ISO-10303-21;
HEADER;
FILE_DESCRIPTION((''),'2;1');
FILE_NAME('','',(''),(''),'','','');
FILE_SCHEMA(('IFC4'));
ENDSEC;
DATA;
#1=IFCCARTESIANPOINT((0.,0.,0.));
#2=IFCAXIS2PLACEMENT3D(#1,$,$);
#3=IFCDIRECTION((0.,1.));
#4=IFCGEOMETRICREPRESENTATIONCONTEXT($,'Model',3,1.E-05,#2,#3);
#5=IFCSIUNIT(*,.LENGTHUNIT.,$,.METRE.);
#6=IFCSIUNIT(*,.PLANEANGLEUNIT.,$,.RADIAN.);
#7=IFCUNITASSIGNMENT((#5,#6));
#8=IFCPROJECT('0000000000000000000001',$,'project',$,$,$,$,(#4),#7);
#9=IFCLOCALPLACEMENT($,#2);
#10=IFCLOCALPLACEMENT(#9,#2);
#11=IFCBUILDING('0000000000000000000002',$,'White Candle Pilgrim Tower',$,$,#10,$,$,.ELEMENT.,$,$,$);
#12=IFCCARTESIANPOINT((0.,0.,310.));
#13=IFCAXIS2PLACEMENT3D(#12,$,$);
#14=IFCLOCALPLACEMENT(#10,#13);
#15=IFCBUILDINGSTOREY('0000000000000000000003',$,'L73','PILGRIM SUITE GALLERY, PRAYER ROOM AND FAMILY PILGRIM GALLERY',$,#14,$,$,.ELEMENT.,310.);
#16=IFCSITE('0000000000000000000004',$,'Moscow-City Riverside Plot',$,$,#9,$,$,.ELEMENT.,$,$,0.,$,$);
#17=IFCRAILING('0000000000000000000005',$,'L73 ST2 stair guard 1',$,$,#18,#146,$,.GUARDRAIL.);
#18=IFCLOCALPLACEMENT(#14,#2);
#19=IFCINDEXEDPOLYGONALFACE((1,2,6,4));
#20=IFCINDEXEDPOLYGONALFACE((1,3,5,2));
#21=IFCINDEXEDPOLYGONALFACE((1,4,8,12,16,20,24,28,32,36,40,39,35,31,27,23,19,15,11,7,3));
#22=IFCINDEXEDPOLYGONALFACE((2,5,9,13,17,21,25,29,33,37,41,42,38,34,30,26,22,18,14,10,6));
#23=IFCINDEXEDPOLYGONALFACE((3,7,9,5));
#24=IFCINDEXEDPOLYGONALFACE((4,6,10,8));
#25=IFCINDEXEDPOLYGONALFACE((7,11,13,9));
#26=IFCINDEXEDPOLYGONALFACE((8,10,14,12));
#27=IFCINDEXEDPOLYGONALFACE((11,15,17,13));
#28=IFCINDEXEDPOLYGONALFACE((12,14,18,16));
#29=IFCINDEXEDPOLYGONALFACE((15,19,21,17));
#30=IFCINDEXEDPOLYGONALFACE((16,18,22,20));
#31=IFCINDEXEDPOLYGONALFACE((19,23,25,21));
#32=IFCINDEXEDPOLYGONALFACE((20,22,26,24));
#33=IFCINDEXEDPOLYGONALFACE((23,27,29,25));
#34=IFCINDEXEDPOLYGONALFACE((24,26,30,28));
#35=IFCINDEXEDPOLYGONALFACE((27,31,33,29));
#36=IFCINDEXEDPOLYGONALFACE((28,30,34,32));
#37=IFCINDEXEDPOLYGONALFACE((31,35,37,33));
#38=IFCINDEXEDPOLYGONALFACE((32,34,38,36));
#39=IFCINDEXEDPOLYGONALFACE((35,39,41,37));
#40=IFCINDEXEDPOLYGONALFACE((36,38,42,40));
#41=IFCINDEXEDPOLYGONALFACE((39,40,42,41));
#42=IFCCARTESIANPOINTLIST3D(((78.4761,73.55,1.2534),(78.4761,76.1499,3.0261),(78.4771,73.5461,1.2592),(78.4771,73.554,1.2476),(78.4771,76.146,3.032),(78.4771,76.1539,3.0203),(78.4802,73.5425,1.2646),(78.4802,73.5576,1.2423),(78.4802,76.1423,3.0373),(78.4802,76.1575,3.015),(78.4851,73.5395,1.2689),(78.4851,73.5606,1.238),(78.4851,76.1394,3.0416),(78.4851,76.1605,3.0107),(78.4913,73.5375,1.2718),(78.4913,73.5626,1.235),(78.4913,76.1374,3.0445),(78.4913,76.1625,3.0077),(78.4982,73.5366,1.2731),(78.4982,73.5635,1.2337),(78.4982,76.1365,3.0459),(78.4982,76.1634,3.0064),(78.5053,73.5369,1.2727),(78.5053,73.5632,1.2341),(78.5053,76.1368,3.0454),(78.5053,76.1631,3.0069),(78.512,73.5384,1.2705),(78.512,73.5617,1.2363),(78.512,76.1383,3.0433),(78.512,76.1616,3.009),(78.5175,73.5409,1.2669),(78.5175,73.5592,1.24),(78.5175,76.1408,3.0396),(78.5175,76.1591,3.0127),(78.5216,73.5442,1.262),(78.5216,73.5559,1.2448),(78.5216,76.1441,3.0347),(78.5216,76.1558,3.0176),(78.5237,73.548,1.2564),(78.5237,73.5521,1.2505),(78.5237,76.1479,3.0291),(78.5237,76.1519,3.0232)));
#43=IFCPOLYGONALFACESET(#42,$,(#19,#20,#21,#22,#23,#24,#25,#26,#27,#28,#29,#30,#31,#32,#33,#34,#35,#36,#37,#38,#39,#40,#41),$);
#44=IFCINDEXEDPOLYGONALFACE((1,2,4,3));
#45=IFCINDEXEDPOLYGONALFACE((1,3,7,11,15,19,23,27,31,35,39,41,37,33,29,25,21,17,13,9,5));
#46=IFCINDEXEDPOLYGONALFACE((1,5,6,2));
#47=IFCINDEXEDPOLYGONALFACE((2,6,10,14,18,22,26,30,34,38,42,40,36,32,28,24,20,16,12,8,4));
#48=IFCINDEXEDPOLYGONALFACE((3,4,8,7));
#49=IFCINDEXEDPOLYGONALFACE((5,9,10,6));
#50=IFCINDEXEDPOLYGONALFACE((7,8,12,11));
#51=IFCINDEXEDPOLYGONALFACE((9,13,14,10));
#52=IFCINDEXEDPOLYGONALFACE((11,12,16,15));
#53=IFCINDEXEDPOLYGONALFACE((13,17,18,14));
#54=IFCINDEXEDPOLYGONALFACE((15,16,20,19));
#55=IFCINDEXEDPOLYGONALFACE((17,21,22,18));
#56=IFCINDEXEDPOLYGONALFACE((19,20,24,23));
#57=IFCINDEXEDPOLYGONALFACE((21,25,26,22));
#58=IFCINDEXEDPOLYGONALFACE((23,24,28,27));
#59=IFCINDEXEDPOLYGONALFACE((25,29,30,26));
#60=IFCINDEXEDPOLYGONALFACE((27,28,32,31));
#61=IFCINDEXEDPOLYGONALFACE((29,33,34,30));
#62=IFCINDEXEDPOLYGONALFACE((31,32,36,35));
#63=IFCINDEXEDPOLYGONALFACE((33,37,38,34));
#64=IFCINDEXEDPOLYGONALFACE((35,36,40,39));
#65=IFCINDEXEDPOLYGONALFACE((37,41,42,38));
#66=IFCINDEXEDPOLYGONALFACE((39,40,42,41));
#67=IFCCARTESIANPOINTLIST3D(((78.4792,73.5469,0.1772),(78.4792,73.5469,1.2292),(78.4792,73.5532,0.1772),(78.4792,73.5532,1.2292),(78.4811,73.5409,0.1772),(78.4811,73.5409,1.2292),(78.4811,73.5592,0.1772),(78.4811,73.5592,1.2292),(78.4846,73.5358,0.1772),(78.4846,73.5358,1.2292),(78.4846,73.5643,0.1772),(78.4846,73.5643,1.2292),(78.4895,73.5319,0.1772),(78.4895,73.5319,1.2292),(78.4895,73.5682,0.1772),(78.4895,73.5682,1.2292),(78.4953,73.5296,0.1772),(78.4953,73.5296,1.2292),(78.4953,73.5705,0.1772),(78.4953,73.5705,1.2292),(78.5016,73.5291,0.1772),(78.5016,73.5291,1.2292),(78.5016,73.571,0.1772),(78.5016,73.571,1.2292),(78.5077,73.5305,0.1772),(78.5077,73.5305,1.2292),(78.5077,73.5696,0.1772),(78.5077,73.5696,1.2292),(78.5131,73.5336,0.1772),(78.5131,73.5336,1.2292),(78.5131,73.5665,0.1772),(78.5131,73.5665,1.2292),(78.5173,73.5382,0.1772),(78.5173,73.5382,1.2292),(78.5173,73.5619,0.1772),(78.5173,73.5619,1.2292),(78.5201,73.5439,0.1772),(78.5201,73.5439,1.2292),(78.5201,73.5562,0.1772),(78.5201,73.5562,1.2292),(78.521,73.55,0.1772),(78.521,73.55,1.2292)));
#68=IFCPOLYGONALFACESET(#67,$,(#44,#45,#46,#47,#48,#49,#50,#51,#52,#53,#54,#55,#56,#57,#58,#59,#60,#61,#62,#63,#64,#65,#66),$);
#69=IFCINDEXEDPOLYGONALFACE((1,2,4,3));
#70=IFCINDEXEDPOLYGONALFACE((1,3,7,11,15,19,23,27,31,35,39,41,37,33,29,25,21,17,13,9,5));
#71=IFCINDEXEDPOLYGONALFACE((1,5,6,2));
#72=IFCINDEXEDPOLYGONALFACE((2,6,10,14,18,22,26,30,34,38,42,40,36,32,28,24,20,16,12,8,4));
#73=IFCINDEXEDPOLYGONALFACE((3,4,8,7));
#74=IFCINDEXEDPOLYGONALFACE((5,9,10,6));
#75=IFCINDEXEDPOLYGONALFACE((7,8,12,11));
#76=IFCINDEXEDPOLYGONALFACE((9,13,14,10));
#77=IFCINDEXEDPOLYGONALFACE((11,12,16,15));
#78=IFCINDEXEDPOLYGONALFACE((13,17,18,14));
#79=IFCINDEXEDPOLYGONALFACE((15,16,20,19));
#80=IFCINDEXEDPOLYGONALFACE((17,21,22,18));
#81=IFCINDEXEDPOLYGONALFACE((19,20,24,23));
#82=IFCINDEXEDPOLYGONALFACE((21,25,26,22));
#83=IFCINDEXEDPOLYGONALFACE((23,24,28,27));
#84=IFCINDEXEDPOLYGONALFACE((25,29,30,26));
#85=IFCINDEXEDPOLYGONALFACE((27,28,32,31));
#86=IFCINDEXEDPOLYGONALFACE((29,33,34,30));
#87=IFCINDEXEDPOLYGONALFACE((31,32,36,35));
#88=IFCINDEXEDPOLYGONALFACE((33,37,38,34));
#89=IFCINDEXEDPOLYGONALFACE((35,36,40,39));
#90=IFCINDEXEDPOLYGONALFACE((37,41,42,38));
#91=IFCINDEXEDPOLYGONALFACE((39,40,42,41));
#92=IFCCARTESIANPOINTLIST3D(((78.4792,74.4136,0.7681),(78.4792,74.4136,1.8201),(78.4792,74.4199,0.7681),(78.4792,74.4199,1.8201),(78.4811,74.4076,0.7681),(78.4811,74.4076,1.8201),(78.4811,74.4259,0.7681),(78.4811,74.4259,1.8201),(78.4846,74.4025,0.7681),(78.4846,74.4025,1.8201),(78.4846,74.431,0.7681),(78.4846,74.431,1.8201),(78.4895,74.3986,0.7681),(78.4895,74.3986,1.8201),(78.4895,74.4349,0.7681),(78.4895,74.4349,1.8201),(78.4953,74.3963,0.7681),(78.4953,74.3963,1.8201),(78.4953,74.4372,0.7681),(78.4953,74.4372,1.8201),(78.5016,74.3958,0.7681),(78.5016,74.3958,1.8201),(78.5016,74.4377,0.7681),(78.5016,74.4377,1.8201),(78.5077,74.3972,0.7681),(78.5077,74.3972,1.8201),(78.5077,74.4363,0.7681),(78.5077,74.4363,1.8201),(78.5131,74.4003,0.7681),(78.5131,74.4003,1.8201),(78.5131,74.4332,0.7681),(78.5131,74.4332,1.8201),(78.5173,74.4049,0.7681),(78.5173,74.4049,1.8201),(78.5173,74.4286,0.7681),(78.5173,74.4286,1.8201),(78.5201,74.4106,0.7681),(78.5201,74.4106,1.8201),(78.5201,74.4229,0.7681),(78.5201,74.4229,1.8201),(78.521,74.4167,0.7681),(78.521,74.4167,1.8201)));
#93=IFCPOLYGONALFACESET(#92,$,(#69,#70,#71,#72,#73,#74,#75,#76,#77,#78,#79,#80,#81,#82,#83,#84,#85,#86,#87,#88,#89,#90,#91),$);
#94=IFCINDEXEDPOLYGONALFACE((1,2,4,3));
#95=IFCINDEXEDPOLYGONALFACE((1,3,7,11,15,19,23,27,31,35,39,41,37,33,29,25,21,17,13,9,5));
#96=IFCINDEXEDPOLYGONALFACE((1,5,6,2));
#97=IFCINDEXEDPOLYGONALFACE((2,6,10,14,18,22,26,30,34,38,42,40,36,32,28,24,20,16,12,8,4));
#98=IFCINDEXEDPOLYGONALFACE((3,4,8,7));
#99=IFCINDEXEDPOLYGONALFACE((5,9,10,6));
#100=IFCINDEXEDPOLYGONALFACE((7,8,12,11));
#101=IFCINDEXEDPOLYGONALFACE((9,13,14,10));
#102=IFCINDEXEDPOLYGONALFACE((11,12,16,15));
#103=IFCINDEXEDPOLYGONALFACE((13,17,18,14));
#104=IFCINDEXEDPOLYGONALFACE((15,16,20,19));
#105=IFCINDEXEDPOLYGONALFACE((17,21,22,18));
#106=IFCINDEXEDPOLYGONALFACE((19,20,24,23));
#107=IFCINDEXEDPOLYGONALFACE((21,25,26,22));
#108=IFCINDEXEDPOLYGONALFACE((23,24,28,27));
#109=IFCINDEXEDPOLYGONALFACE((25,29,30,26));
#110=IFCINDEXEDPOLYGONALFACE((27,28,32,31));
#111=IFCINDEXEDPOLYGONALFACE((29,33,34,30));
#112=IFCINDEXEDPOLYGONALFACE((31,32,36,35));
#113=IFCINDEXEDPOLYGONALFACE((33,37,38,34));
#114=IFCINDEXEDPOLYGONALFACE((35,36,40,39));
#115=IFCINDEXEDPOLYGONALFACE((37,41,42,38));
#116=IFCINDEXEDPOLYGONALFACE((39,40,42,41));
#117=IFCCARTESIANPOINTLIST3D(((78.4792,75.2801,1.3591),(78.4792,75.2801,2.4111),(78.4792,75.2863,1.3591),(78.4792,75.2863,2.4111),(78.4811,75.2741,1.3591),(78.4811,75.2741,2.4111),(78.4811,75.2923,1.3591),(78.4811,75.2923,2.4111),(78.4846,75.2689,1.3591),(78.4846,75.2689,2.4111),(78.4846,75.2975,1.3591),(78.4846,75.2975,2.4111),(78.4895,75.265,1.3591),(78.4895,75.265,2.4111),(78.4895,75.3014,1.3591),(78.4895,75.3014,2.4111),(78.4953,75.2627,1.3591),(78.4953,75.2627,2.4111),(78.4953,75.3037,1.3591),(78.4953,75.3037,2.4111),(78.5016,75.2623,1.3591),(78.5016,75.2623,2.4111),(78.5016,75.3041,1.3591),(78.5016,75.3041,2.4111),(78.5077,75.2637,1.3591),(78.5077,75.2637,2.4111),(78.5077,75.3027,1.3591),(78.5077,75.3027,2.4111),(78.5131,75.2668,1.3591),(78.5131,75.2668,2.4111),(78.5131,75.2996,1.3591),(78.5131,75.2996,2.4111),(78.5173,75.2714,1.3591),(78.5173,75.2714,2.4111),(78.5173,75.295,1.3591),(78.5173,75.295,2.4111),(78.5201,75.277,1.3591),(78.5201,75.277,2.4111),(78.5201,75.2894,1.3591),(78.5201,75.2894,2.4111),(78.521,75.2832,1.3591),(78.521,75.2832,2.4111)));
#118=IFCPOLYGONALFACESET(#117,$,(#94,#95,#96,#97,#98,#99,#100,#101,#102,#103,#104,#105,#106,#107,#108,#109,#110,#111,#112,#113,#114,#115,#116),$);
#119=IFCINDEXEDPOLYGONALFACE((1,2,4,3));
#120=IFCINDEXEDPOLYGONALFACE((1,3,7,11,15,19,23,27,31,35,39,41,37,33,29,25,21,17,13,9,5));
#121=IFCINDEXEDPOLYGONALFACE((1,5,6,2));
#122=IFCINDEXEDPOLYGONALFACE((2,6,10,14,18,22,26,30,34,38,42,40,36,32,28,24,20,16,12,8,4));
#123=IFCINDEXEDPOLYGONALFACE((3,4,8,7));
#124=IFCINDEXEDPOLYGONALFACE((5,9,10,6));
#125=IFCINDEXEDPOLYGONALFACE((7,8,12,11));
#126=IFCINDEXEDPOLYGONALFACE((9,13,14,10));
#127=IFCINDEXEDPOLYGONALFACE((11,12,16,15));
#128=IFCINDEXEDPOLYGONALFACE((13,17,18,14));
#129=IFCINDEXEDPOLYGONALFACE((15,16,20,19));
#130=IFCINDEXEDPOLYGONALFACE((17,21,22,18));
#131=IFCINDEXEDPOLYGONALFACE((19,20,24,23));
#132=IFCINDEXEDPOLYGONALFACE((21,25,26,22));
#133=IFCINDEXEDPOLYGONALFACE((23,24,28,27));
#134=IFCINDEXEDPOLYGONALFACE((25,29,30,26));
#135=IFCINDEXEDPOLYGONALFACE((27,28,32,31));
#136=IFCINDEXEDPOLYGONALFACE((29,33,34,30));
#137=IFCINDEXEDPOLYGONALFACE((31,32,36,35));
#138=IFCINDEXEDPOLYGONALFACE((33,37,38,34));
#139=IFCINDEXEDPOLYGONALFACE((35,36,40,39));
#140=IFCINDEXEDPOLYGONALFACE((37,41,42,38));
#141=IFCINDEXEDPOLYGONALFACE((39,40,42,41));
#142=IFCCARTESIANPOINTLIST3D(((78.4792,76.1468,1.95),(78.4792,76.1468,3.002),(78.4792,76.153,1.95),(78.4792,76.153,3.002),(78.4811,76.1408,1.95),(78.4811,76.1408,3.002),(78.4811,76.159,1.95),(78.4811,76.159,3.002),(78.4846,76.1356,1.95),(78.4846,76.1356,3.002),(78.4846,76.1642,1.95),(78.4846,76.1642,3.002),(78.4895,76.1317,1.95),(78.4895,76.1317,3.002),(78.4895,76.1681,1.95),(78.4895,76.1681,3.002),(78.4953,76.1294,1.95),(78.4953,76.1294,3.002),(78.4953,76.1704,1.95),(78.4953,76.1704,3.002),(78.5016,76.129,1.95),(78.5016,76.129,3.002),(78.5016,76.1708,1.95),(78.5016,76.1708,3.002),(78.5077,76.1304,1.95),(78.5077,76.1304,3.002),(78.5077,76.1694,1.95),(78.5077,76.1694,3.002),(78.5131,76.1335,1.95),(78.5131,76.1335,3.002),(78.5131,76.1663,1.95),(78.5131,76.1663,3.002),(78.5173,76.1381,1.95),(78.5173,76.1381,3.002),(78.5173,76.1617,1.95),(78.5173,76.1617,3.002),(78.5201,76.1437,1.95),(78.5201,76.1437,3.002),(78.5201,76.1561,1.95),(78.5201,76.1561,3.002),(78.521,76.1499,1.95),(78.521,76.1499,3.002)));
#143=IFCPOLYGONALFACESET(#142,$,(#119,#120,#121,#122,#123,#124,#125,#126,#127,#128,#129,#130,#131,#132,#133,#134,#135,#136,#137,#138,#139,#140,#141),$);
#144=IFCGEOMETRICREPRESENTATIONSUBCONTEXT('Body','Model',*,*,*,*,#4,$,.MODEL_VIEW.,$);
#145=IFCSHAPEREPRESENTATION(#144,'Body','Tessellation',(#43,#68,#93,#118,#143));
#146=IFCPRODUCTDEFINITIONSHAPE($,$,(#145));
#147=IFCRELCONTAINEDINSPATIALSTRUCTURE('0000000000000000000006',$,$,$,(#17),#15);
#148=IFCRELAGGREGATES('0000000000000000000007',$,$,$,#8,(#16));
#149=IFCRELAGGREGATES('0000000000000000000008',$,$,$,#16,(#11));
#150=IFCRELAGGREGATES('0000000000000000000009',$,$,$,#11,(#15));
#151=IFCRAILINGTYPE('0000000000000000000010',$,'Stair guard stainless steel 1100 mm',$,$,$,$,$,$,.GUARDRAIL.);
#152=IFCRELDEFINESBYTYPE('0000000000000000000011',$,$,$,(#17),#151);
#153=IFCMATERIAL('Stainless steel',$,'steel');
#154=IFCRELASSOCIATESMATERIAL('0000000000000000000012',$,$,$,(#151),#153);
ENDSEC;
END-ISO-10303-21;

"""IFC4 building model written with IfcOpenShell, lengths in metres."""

from ifc_helpers import new_model, si_unit, direction, frame, origin, origin_2d, place, context, subcontext, project, spatial, circle, extrude, material, type_object, element, save


model = new_model("IFC4")

# Units and contexts
model_context = context("Model", 3, precision=1e-05, world=origin(), true_north=direction((0.0, 1.0)))
body_context = subcontext(model_context, "Body", "Model", "MODEL_VIEW")
ifc_project = project(units=[si_unit("LENGTHUNIT", "METRE"), si_unit("PLANEANGLEUNIT", "RADIAN")], contexts=[model_context])

# Site, building, storey
site_placement = place(None, origin())
site = spatial("IfcSite", under=ifc_project, at=site_placement, Name="Moscow-City Riverside Plot", CompositionType="ELEMENT", RefElevation=0.0)
building_placement = place(site_placement, origin())
building = spatial("IfcBuilding", under=site, at=building_placement, Name="White Candle Pilgrim Tower", CompositionType="ELEMENT")
storey_placement = place(building_placement, frame((0.0, 0.0, 310.0)))
storey = spatial("IfcBuildingStorey", under=building, at=storey_placement, Name="L73", Description="PILGRIM SUITE GALLERY, PRAYER ROOM AND FAMILY PILGRIM GALLERY", CompositionType="ELEMENT", Elevation=310.0)

# Railing
ifc_material_1 = material(Name="Stainless steel", Category="steel")
railing_type_1 = type_object("IfcRailingType", Name="Stair guard stainless steel 1100 mm", PredefinedType="GUARDRAIL", material=ifc_material_1)
railing_1_placement = place(storey_placement, frame((78.5, 73.55, 0.1772)))
element("IfcRailing", 1, at=railing_1_placement, inside=storey, type_object=railing_type_1, Name="L73 ST2 stair guard 1", PredefinedType="GUARDRAIL", context=body_context, shape_type="SweptSolid", body=[
    extrude(circle(Radius=0.0239, at=origin_2d()), frame((0.0, 0.0, 1.0762), z_axis=(0.0, 0.826216, 0.563354), x_axis=(-1.0, 0.0, 0.0)), (0.0, 0.0, 1.0), 3.1467),
    extrude(circle(Radius=0.021, at=origin_2d()), origin(), (0.0, 0.0, 1.0), 1.052),
    extrude(circle(Radius=0.021, at=origin_2d()), frame((0.0, 0.8667, 0.5908)), (0.0, 0.0, 1.0), 1.052),
    extrude(circle(Radius=0.021, at=origin_2d()), frame((0.0, 1.7332, 1.1819)), (0.0, 0.0, 1.0), 1.052),
    extrude(circle(Radius=0.021, at=origin_2d()), frame((0.0, 2.5999, 1.7727)), (0.0, 0.0, 1.0), 1.052),
])

save(model, "model.ifc")
